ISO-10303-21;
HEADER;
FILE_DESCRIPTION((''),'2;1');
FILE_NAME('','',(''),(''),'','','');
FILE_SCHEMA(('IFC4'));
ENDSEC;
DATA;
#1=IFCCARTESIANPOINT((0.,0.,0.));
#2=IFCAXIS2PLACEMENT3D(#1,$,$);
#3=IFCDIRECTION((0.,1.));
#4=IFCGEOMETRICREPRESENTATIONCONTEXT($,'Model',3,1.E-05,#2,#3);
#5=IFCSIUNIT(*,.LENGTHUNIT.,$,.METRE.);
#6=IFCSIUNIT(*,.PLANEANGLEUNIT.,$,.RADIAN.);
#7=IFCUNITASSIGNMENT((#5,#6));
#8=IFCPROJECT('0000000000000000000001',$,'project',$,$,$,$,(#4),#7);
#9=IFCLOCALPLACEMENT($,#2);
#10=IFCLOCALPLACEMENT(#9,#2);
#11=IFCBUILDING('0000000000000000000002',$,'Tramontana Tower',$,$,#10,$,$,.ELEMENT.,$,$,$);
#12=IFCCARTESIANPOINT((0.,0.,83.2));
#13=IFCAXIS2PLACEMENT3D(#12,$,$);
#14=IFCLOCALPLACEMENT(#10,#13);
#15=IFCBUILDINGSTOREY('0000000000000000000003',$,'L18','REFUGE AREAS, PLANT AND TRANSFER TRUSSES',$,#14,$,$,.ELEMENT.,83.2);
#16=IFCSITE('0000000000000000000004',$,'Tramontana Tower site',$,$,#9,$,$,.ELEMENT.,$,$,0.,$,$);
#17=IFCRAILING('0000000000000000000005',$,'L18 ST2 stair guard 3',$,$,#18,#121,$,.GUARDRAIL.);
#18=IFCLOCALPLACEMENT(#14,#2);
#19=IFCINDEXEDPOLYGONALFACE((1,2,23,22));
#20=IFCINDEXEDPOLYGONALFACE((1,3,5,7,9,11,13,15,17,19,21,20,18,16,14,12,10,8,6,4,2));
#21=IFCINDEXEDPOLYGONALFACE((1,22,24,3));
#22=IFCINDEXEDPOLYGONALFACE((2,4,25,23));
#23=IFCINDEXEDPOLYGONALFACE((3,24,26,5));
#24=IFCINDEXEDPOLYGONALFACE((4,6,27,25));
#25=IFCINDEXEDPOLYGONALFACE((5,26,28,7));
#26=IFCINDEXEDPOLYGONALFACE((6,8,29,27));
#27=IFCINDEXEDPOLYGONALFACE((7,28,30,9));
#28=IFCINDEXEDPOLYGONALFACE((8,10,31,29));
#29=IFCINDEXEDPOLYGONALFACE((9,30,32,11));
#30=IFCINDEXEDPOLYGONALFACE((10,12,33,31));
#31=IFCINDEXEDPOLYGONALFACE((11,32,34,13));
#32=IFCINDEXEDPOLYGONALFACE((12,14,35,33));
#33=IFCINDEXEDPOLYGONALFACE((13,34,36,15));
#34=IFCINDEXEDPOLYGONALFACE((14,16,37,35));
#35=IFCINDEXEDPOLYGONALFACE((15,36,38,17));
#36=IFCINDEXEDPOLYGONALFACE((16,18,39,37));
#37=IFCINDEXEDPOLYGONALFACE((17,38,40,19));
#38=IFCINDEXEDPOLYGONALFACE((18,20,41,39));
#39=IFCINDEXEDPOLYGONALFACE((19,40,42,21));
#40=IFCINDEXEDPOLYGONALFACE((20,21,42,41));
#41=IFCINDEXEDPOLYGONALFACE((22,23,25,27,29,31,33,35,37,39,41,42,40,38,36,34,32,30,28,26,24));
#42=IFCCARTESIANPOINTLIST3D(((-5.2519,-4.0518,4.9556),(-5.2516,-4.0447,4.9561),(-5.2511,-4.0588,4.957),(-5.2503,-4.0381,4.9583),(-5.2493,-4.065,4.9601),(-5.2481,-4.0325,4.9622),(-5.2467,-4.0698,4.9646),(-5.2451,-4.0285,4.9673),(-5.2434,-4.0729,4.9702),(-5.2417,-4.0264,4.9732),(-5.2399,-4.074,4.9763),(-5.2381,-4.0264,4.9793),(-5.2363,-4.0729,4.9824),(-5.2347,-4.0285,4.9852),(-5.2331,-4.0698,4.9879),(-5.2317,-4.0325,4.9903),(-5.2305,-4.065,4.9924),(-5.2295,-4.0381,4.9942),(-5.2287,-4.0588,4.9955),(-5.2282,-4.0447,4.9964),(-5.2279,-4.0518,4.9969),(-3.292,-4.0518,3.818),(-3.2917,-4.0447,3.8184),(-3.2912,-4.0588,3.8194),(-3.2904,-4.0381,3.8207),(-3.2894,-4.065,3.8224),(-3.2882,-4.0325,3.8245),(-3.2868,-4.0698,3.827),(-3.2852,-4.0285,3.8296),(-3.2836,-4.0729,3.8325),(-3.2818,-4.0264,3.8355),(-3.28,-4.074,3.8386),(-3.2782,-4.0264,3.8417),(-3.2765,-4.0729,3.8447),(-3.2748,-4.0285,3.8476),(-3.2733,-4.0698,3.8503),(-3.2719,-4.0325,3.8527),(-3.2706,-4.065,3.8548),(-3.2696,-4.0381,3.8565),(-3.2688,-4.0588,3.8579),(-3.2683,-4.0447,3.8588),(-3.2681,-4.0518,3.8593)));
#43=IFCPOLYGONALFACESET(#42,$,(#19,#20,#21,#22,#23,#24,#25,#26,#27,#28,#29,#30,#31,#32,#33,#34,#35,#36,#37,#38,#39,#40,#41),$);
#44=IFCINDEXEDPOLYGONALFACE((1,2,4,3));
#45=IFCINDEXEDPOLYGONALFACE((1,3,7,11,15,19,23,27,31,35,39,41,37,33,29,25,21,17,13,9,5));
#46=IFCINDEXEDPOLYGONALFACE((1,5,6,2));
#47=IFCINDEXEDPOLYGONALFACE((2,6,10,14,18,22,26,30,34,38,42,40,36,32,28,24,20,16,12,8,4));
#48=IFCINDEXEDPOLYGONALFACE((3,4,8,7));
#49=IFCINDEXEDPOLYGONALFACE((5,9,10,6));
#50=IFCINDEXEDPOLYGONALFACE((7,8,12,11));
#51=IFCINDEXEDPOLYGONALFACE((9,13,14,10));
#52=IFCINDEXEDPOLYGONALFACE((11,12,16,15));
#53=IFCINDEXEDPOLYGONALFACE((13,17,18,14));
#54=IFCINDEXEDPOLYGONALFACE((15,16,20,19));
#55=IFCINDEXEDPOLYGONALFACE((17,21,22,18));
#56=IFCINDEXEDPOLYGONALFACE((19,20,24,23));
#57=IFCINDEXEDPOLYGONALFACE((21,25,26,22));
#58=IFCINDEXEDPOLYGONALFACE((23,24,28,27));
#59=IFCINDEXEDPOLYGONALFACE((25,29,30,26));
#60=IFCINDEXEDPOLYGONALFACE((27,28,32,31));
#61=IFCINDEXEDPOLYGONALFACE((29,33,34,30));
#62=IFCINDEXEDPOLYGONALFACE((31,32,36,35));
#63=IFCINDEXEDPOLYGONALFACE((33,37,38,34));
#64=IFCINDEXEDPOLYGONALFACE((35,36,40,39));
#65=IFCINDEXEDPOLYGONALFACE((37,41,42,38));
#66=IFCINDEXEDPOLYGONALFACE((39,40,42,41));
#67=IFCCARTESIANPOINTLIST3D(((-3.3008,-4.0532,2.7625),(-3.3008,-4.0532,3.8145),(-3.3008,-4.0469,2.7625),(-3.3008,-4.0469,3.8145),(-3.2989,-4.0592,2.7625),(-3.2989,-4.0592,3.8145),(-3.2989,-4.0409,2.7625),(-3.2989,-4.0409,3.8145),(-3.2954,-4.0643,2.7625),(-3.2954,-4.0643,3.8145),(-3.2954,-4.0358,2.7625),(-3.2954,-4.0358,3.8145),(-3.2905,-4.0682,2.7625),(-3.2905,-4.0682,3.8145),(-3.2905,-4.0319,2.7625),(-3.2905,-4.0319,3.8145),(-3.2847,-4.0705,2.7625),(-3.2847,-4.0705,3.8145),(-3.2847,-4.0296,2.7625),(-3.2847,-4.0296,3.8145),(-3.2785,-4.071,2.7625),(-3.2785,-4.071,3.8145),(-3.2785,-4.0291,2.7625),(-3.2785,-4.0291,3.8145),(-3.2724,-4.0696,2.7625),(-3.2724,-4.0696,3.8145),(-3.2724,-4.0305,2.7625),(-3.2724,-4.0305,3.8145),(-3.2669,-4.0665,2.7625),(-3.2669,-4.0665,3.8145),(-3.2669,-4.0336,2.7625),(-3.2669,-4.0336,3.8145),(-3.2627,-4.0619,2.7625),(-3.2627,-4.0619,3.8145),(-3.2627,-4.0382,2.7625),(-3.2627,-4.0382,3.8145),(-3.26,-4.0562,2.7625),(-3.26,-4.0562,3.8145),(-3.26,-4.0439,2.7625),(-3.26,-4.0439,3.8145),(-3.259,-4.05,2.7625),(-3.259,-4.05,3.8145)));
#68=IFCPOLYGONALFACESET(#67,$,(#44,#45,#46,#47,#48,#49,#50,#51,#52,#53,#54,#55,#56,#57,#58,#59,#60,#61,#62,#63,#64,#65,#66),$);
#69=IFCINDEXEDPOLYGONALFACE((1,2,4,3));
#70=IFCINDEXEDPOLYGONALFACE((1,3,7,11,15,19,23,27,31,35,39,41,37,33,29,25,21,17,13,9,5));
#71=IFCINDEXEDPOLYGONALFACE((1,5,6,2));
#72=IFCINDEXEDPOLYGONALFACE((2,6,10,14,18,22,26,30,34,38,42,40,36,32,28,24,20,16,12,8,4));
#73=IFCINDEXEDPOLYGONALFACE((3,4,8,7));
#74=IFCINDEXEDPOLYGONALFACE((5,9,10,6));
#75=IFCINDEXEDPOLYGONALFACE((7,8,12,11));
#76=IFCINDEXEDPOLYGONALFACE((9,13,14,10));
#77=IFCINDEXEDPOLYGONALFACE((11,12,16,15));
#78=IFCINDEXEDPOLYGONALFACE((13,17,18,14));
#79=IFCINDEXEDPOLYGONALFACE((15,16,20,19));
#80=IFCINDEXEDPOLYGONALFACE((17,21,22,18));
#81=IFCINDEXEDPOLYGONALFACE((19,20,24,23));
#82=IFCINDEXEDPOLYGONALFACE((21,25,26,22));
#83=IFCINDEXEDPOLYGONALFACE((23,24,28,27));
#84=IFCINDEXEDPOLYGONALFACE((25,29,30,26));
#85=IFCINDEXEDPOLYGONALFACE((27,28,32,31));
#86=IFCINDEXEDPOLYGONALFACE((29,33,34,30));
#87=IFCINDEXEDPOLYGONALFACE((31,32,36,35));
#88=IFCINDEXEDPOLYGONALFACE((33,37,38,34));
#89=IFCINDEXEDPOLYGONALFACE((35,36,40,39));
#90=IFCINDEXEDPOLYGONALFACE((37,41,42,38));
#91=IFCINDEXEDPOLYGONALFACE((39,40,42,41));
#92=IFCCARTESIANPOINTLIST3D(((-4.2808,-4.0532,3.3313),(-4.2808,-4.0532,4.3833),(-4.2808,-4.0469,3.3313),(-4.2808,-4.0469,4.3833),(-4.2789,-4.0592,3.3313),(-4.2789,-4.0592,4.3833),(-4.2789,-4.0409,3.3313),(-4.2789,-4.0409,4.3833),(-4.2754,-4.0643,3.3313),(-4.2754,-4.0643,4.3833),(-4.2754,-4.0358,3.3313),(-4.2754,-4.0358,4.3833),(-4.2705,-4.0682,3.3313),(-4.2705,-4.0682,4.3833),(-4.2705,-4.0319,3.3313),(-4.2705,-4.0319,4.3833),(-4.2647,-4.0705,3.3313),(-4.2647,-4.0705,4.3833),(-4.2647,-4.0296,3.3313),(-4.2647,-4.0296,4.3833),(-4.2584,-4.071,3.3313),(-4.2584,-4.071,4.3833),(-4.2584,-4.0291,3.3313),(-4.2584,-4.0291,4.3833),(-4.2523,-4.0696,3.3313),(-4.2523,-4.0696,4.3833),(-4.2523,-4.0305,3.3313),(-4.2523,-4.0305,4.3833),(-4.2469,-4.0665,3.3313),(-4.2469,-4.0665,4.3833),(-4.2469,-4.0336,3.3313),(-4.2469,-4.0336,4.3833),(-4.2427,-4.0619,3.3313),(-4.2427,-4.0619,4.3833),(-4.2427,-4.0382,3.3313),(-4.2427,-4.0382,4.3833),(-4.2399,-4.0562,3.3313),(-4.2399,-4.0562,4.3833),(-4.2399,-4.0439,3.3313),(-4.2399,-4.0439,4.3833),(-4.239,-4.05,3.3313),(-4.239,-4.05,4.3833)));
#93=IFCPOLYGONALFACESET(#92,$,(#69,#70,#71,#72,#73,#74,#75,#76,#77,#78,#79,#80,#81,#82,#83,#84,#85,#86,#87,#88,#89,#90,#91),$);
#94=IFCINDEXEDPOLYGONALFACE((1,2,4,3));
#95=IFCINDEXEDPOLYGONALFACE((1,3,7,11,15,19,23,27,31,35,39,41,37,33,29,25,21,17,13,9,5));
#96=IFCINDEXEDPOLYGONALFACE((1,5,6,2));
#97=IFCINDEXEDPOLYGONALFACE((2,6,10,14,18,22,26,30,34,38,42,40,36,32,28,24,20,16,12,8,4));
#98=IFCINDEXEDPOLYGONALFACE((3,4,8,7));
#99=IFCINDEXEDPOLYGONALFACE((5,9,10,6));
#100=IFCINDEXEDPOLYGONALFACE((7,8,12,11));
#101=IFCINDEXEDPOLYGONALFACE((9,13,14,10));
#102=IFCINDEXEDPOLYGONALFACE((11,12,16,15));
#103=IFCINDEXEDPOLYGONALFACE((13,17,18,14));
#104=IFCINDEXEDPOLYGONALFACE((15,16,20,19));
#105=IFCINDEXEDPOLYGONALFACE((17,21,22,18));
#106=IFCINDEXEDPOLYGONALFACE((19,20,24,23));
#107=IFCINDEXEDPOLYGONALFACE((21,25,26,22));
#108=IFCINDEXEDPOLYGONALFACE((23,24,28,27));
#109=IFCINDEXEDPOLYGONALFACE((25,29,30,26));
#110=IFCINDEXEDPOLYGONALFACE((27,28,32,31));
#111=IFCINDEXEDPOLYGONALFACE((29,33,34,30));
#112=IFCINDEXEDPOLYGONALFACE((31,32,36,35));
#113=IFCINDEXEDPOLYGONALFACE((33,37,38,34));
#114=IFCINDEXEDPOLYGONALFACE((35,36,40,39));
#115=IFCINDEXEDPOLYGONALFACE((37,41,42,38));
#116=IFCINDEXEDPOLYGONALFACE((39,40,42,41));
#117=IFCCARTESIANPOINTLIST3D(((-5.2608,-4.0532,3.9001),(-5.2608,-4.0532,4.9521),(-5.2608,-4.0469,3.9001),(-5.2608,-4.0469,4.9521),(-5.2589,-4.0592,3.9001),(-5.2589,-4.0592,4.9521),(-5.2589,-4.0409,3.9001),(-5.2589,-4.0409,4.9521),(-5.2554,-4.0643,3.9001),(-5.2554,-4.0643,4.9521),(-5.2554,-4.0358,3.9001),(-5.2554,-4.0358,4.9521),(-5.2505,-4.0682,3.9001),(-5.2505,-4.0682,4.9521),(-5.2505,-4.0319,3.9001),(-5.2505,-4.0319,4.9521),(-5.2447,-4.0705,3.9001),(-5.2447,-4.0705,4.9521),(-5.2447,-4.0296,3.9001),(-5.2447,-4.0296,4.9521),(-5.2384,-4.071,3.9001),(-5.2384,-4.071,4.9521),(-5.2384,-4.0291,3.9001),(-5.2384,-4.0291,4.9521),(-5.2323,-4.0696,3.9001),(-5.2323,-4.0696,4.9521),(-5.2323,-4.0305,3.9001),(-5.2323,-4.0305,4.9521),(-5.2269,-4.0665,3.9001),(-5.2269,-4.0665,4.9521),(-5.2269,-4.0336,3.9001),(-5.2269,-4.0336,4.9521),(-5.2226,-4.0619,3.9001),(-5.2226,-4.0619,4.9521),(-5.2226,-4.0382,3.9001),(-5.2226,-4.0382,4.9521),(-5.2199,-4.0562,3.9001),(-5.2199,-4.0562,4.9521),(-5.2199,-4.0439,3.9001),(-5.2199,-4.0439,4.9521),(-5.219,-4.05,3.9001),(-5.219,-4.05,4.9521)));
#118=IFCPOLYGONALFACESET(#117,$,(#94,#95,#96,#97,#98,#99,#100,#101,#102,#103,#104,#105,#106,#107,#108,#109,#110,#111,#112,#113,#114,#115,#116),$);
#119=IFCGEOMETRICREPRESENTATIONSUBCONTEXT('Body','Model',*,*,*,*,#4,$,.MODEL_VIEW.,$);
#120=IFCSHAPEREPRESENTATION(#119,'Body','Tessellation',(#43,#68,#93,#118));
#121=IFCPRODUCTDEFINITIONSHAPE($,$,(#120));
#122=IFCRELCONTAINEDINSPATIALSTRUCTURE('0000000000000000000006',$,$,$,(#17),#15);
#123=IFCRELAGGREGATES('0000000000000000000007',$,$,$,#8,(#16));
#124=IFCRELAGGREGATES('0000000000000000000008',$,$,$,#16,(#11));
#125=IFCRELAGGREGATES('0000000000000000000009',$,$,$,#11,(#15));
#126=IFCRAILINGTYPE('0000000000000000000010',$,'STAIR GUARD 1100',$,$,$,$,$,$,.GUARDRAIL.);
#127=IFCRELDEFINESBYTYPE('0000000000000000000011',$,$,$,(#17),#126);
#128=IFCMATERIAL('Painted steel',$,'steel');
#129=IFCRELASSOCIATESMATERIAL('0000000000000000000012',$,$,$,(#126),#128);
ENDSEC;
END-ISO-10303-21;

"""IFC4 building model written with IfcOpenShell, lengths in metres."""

from ifc_helpers import new_model, si_unit, direction, frame, origin, origin_2d, place, context, subcontext, project, spatial, circle, extrude, material, type_object, element, save


model = new_model("IFC4")

# Units and contexts
model_context = context("Model", 3, precision=1e-05, world=origin(), true_north=direction((0.0, 1.0)))
body_context = subcontext(model_context, "Body", "Model", "MODEL_VIEW")
ifc_project = project(units=[si_unit("LENGTHUNIT", "METRE"), si_unit("PLANEANGLEUNIT", "RADIAN")], contexts=[model_context])

# Site, building, storey
site_placement = place(None, origin())
site = spatial("IfcSite", under=ifc_project, at=site_placement, Name="Tramontana Tower site", CompositionType="ELEMENT", RefElevation=0.0)
building_placement = place(site_placement, origin())
building = spatial("IfcBuilding", under=site, at=building_placement, Name="Tramontana Tower", CompositionType="ELEMENT")
storey_placement = place(building_placement, frame((0.0, 0.0, 83.2)))
storey = spatial("IfcBuildingStorey", under=building, at=storey_placement, Name="L18", Description="REFUGE AREAS, PLANT AND TRANSFER TRUSSES", CompositionType="ELEMENT", Elevation=83.2)

# Railing
ifc_material_1 = material(Name="Painted steel", Category="steel")
railing_type_1 = type_object("IfcRailingType", Name="STAIR GUARD 1100", PredefinedType="GUARDRAIL", material=ifc_material_1)
railing_1_placement = place(storey_placement, frame((-3.28, -4.05, 2.7625)))
element("IfcRailing", 1, at=railing_1_placement, inside=storey, type_object=railing_type_1, Name="L18 ST2 stair guard 3", PredefinedType="GUARDRAIL", context=body_context, shape_type="SweptSolid", body=[
    extrude(circle(Radius=0.0239, at=origin_2d()), frame((0.0, 0.0, 1.0762), z_axis=(-0.864855, 0.0, 0.502021), x_axis=(0.0, -1.0, 0.0)), (0.0, 0.0, 1.0), 2.2661),
    extrude(circle(Radius=0.021, at=origin_2d()), origin(), (0.0, 0.0, 1.0), 1.052),
    extrude(circle(Radius=0.021, at=origin_2d()), frame((-0.98, 0.0, 0.5688)), (0.0, 0.0, 1.0), 1.052),
    extrude(circle(Radius=0.021, at=origin_2d()), frame((-1.96, 0.0, 1.1377)), (0.0, 0.0, 1.0), 1.052),
])

save(model, "model.ifc")
